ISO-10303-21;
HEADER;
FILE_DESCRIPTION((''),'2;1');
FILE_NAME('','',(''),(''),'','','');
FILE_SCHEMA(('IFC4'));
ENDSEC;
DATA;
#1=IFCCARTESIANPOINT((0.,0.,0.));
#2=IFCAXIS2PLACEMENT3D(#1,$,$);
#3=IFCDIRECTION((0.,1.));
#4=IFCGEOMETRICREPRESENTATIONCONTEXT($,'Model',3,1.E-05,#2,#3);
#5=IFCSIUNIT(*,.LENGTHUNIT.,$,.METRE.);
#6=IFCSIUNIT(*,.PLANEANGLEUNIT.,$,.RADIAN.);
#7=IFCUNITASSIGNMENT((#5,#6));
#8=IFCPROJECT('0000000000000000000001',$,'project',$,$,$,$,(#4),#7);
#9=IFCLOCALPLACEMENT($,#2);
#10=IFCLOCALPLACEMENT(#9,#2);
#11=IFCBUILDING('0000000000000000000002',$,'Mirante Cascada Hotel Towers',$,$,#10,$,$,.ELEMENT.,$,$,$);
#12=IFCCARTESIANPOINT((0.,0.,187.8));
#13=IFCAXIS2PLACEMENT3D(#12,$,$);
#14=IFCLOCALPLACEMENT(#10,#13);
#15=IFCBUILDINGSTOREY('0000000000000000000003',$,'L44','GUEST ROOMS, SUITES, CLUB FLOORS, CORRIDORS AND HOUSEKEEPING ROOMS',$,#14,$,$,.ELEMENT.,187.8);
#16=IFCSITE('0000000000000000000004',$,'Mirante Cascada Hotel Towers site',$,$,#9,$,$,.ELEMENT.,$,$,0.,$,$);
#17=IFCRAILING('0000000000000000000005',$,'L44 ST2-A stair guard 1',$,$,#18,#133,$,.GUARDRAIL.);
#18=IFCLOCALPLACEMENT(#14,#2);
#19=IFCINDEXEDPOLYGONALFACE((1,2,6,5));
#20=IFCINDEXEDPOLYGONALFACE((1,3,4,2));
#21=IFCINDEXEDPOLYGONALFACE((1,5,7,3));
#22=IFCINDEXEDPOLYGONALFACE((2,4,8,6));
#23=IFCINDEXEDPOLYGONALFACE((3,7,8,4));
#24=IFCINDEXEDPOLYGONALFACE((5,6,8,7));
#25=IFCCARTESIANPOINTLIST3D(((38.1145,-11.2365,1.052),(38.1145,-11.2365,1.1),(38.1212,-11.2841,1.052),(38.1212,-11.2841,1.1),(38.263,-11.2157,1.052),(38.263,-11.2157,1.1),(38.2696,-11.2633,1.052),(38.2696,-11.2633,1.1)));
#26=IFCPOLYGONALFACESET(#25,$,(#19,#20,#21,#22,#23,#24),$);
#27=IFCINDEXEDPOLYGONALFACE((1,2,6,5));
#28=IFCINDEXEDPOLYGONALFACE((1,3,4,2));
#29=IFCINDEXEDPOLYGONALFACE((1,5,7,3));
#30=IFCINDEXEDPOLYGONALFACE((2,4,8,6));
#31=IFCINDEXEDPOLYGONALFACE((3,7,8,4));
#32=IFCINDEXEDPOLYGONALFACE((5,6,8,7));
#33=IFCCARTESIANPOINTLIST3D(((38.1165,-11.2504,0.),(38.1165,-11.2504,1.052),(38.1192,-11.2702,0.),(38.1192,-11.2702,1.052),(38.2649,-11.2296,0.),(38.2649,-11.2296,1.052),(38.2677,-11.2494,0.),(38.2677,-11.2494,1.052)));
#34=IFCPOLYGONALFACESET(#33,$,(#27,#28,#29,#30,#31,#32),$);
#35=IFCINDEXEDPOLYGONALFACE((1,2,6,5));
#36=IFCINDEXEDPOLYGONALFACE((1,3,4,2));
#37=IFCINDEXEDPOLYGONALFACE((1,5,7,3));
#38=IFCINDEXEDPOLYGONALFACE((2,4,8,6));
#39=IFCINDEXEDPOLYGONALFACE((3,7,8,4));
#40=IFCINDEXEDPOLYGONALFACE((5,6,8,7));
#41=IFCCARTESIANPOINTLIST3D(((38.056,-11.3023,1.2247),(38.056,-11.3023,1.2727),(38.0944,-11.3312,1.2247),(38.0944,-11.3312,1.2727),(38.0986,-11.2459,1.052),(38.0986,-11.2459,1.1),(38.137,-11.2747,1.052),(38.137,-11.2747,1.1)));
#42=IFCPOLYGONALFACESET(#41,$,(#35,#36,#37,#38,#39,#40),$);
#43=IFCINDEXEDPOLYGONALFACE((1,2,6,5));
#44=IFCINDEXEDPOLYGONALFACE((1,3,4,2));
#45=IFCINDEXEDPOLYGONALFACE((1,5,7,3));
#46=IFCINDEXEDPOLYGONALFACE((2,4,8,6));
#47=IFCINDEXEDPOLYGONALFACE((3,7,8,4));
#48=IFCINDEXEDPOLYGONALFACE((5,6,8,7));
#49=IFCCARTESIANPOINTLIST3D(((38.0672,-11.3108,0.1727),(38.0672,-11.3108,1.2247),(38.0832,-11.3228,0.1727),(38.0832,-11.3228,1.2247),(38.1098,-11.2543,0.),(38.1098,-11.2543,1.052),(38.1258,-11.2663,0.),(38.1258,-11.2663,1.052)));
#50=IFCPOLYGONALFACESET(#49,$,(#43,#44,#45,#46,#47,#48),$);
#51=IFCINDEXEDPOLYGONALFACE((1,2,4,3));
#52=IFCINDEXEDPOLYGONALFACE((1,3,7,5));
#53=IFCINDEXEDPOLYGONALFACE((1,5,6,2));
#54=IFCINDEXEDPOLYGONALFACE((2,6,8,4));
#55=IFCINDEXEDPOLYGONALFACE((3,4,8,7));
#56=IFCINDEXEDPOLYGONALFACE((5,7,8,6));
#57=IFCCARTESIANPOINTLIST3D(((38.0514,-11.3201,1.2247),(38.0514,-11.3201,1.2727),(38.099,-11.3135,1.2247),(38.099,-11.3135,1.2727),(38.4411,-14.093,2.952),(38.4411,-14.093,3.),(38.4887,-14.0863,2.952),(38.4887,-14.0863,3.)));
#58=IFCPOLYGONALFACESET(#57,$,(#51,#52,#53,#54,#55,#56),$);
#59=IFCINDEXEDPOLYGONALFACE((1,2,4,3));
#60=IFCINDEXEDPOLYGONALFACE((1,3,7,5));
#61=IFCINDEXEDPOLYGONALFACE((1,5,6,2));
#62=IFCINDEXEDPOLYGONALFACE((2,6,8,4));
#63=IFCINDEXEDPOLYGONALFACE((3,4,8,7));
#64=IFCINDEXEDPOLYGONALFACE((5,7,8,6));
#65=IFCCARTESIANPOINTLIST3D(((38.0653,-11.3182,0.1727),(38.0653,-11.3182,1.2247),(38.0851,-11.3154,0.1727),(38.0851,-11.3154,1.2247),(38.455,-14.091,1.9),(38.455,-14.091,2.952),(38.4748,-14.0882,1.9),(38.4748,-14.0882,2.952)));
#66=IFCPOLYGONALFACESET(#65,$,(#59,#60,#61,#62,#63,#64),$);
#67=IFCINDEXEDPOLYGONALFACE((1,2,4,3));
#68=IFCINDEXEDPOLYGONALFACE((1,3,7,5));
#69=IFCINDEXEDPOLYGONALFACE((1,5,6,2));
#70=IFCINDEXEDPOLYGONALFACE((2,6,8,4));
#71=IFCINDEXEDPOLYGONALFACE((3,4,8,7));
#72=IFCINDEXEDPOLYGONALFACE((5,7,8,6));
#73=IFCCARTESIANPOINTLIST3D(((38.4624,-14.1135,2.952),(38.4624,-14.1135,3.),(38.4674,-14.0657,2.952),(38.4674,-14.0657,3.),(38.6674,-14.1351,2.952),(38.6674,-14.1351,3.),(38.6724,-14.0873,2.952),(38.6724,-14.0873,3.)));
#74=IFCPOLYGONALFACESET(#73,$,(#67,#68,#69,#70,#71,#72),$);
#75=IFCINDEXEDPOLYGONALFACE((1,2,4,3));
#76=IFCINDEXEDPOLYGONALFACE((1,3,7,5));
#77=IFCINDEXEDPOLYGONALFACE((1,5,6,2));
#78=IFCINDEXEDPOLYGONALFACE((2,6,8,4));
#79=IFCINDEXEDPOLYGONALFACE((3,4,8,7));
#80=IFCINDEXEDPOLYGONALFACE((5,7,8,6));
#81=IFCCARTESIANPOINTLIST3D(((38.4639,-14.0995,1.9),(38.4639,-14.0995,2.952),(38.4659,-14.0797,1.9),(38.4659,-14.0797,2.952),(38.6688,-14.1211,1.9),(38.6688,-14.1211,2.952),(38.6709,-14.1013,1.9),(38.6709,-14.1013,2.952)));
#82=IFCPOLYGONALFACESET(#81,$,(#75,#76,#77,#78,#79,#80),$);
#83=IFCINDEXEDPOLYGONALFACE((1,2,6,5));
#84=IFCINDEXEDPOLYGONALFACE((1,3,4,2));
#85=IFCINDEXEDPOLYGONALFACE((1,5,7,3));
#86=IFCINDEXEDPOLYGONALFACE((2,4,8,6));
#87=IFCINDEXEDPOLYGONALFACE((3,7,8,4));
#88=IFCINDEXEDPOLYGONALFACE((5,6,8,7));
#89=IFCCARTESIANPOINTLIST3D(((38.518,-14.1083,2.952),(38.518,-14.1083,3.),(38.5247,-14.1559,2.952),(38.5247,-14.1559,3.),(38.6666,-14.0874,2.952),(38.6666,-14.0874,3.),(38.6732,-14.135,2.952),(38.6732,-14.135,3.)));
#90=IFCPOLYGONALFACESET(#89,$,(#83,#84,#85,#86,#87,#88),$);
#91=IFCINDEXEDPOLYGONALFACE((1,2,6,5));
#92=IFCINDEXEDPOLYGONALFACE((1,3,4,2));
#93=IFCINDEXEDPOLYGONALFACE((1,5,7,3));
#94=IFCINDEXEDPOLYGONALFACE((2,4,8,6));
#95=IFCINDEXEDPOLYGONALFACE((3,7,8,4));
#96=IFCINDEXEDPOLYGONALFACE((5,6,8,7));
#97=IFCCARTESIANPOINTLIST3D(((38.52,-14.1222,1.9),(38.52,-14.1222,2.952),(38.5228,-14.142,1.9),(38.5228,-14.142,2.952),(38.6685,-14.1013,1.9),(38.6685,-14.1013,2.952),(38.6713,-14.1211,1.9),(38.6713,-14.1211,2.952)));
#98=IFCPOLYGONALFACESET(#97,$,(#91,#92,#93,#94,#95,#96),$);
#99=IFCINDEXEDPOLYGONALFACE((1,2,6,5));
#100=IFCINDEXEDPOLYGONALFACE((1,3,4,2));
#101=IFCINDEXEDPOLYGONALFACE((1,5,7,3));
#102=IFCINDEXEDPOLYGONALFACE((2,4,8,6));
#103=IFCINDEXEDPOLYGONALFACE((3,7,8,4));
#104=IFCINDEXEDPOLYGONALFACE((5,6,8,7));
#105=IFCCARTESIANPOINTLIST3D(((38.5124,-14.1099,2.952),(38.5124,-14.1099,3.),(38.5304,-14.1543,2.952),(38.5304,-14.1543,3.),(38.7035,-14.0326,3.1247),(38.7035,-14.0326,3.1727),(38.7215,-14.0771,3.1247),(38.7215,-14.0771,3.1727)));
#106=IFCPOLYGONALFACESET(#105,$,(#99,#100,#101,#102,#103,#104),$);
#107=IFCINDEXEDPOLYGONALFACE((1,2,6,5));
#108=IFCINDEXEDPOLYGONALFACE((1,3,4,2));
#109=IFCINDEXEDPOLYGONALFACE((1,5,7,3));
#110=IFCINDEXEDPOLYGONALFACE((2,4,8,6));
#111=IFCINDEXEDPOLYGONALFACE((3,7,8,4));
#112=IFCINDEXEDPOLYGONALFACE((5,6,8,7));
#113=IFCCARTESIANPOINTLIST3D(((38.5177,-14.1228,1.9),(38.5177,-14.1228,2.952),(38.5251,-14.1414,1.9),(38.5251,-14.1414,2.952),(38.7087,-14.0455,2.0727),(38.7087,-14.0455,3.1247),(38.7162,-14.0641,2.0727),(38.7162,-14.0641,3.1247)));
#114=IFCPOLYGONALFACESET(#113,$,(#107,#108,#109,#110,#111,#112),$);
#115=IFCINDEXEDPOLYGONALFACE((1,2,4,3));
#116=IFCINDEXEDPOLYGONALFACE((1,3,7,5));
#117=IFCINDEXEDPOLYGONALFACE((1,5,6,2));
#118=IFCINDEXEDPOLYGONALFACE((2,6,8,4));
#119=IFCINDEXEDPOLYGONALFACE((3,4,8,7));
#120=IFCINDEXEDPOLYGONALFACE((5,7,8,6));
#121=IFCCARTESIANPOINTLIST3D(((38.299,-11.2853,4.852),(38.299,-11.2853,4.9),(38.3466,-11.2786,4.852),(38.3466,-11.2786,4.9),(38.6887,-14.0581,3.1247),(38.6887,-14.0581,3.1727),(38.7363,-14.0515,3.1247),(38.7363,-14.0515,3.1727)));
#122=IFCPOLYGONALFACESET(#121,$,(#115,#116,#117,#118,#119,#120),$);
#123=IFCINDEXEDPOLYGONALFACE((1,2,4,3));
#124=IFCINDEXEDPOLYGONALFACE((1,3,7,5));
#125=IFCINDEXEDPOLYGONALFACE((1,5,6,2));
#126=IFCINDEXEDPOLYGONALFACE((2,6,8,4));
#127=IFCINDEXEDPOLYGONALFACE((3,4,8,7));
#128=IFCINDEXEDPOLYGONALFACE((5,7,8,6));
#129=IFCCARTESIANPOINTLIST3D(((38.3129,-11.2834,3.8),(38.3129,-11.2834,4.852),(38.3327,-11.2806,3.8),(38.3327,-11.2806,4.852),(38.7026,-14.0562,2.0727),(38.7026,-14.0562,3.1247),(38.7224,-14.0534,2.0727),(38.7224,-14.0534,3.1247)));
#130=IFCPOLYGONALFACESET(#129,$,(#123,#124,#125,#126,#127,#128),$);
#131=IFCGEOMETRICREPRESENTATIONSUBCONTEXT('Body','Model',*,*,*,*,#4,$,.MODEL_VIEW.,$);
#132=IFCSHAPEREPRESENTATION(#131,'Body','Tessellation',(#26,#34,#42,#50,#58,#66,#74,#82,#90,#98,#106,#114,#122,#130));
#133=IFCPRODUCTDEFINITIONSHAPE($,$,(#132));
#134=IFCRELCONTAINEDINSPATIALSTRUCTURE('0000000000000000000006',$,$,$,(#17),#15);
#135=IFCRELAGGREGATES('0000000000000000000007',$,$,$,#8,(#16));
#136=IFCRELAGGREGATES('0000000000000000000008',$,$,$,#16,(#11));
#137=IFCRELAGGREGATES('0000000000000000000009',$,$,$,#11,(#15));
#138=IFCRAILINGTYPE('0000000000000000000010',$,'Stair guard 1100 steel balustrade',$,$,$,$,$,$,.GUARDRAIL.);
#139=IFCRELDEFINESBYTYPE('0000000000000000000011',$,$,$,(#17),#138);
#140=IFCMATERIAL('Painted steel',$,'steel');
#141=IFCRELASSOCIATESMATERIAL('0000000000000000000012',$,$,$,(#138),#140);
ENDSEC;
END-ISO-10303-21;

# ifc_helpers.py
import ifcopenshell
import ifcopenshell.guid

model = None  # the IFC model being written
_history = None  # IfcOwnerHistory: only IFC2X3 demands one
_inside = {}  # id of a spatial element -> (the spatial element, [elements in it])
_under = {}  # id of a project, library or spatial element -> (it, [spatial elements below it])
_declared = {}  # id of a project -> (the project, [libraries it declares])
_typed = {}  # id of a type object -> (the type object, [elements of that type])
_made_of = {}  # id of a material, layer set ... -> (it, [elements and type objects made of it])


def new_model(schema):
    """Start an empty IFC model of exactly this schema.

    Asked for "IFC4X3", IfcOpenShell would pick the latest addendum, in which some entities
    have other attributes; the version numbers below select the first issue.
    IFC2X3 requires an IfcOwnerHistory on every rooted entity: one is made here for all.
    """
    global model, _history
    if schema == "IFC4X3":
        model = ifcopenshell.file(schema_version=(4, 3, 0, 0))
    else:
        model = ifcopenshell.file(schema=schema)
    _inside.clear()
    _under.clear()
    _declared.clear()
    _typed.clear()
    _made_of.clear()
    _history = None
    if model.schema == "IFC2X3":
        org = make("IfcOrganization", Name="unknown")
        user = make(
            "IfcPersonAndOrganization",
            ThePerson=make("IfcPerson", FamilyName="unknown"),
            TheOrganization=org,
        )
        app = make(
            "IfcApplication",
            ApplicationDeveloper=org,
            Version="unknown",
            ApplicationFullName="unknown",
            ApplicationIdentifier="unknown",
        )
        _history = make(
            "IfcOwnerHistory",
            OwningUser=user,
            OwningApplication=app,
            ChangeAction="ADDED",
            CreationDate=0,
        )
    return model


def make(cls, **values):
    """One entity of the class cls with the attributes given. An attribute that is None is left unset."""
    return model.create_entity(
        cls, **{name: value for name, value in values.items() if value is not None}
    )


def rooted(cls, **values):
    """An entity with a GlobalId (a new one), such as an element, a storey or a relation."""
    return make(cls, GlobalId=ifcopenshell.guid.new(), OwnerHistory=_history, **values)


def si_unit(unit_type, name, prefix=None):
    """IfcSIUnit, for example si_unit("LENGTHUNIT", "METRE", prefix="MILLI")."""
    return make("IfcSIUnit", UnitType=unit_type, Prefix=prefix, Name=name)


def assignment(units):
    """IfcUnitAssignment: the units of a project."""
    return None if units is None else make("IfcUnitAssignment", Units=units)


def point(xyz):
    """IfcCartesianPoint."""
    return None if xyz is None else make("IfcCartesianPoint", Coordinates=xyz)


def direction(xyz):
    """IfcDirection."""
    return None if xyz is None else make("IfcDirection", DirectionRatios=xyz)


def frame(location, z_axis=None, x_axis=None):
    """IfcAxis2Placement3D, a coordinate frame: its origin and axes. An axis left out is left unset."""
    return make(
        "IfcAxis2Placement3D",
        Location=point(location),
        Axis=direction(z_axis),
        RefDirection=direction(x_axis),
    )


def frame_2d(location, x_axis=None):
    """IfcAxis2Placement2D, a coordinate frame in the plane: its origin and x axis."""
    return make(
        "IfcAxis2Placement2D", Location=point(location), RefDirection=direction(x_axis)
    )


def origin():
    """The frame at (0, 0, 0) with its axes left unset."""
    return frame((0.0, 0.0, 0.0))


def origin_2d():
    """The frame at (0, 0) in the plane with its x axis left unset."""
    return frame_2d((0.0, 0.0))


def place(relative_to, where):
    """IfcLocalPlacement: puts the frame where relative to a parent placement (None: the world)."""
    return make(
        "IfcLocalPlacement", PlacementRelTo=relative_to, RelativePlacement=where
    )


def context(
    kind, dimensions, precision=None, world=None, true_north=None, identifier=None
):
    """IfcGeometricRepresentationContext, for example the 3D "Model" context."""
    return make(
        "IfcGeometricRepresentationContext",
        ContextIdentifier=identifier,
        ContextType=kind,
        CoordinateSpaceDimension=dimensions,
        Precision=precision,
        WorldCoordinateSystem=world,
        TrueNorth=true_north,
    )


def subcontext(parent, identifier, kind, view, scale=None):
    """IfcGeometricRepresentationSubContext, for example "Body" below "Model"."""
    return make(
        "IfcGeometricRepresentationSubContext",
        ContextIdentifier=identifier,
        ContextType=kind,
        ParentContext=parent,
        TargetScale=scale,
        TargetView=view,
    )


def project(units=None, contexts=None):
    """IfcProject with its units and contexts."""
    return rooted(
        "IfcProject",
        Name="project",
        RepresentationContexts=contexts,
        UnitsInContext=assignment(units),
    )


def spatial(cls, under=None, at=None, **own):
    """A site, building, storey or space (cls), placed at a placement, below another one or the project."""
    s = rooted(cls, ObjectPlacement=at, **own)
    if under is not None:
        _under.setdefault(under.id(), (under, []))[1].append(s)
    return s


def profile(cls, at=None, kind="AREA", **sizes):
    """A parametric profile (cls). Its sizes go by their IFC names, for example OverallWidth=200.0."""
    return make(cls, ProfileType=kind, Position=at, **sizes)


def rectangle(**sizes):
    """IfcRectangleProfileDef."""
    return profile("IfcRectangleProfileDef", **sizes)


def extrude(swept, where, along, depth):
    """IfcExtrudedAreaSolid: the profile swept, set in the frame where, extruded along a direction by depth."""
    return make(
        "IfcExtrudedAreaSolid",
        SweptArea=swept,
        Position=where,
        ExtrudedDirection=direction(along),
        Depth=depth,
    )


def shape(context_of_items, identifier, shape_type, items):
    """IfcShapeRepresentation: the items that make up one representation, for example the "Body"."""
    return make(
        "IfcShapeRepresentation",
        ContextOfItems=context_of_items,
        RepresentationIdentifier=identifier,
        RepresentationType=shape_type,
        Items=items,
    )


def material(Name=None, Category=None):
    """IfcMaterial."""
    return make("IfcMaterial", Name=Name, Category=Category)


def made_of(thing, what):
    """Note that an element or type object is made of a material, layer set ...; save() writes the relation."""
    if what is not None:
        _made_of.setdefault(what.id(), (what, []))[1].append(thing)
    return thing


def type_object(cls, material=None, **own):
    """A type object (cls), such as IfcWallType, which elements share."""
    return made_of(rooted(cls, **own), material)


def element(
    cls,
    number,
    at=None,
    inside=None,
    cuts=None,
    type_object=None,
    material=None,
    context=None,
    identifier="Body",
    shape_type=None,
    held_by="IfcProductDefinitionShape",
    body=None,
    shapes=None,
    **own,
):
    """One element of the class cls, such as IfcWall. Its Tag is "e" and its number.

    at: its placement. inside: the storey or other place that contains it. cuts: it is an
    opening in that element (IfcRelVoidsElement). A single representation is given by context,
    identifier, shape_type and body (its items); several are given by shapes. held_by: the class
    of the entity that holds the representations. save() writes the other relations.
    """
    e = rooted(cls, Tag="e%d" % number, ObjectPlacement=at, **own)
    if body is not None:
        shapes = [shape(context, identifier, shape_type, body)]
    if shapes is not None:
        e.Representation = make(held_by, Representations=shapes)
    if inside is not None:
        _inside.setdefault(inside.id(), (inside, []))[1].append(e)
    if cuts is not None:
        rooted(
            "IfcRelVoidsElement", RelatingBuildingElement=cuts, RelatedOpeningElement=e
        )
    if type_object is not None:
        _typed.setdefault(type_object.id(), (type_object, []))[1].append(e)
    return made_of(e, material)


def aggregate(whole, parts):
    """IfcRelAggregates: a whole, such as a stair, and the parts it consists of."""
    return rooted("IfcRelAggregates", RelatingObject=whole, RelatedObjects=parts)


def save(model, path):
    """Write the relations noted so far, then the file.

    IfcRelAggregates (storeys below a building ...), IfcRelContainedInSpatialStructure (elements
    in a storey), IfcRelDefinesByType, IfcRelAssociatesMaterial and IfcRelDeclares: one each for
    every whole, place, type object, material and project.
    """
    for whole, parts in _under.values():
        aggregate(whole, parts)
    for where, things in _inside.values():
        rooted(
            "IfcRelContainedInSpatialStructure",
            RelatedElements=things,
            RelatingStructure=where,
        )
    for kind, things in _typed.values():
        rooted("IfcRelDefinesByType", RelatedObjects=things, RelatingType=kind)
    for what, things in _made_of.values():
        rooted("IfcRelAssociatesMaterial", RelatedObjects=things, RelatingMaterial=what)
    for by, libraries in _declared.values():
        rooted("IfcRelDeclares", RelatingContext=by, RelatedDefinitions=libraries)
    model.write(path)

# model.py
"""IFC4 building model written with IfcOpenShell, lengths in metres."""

from ifc_helpers import new_model, si_unit, direction, frame, origin, origin_2d, place, context, subcontext, project, spatial, rectangle, extrude, material, type_object, element, save


model = new_model("IFC4")

# Units and contexts
model_context = context("Model", 3, precision=1e-05, world=origin(), true_north=direction((0.0, 1.0)))
body_context = subcontext(model_context, "Body", "Model", "MODEL_VIEW")
ifc_project = project(units=[si_unit("LENGTHUNIT", "METRE"), si_unit("PLANEANGLEUNIT", "RADIAN")], contexts=[model_context])

# Site, building, storey
site_placement = place(None, origin())
site = spatial("IfcSite", under=ifc_project, at=site_placement, Name="Mirante Cascada Hotel Towers site", CompositionType="ELEMENT", RefElevation=0.0)
building_placement = place(site_placement, origin())
building = spatial("IfcBuilding", under=site, at=building_placement, Name="Mirante Cascada Hotel Towers", CompositionType="ELEMENT")
storey_placement = place(building_placement, frame((0.0, 0.0, 187.8)))
storey = spatial("IfcBuildingStorey", under=building, at=storey_placement, Name="L44", Description="GUEST ROOMS, SUITES, CLUB FLOORS, CORRIDORS AND HOUSEKEEPING ROOMS", CompositionType="ELEMENT", Elevation=187.8)

# Railing
ifc_material_1 = material(Name="Painted steel", Category="steel")
railing_type = type_object("IfcRailingType", Name="Stair guard 1100 steel balustrade", PredefinedType="GUARDRAIL", material=ifc_material_1)
railing_placement = place(storey_placement, frame((38.2663, -11.2395, 0.0)))
element("IfcRailing", 1, at=railing_placement, inside=storey, type_object=railing_type, Name="L44 ST2-A stair guard 1", PredefinedType="GUARDRAIL", context=body_context, shape_type="SweptSolid", body=[
    extrude(rectangle(XDim=0.048, YDim=0.048, at=origin_2d()), frame((0.0, 0.0, 1.076), z_axis=(-0.990333, -0.138713, 0.0), x_axis=(0.138713, -0.990333, 0.0)), (0.0, 0.0, 1.0), 0.1499),
    extrude(rectangle(XDim=0.02, YDim=1.052, at=origin_2d()), frame((0.0, 0.0, 0.526), z_axis=(-0.990333, -0.138713, 0.0), x_axis=(0.138713, -0.990333, 0.0)), (0.0, 0.0, 1.0), 0.1499),
    extrude(rectangle(XDim=0.048, YDim=0.048, at=origin_2d()), frame((-0.1485, -0.0208, 1.076), z_axis=(-0.602033, -0.798471, 0.0), x_axis=(0.798471, -0.602033, 0.0)), (0.0, 0.92534, 0.379139), 0.1866),
    extrude(rectangle(XDim=0.02, YDim=1.052, at=origin_2d()), frame((-0.1485, -0.0208, 0.526), z_axis=(-0.602033, -0.798471, 0.0), x_axis=(0.798471, -0.602033, 0.0)), (0.0, 0.92534, 0.379139), 0.1866),
    extrude(rectangle(XDim=0.048, YDim=0.048, at=origin_2d()), frame((-0.1911, -0.0773, 1.2487), z_axis=(0.139176, -0.990268, 0.0), x_axis=(0.990268, 0.139176, 0.0)), (0.0, 0.525021, 0.851089), 3.29),
    extrude(rectangle(XDim=0.02, YDim=1.052, at=origin_2d()), frame((-0.1911, -0.0773, 0.6987), z_axis=(0.139176, -0.990268, 0.0), x_axis=(0.990268, 0.139176, 0.0)), (0.0, 0.525021, 0.851089), 3.29),
    extrude(rectangle(XDim=0.048, YDim=0.048, at=origin_2d()), frame((0.1986, -2.8501, 2.976), z_axis=(0.994495, -0.104786, 0.0), x_axis=(0.104786, 0.994495, 0.0)), (0.0, 0.0, 1.0), 0.2061),
    extrude(rectangle(XDim=0.02, YDim=1.052, at=origin_2d()), frame((0.1986, -2.8501, 2.426), z_axis=(0.994495, -0.104786, 0.0), x_axis=(0.104786, 0.994495, 0.0)), (0.0, 0.0, 1.0), 0.2061),
    extrude(rectangle(XDim=0.048, YDim=0.048, at=origin_2d()), frame((0.4036, -2.8717, 2.976), z_axis=(-0.990241, -0.139367, 0.0), x_axis=(0.139367, -0.990241, 0.0)), (0.0, 0.0, 1.0), 0.15),
    extrude(rectangle(XDim=0.02, YDim=1.052, at=origin_2d()), frame((0.4036, -2.8717, 2.426), z_axis=(-0.990241, -0.139367, 0.0), x_axis=(0.139367, -0.990241, 0.0)), (0.0, 0.0, 1.0), 0.15),
    extrude(rectangle(XDim=0.048, YDim=0.048, at=origin_2d()), frame((0.2551, -2.8926, 2.976), z_axis=(0.927031, 0.374984, 0.0), x_axis=(-0.374984, 0.927031, 0.0)), (0.0, 0.64219, 0.766545), 0.2689),
    extrude(rectangle(XDim=0.02, YDim=1.052, at=origin_2d()), frame((0.2551, -2.8926, 2.426), z_axis=(0.927031, 0.374984, 0.0), x_axis=(-0.374984, 0.927031, 0.0)), (0.0, 0.64219, 0.766545), 0.2689),
    extrude(rectangle(XDim=0.048, YDim=0.048, at=origin_2d()), frame((0.4462, -2.8153, 3.1487), z_axis=(-0.139176, 0.990268, 0.0), x_axis=(-0.990268, -0.139176, 0.0)), (0.0, 0.525021, 0.851089), 3.29),
    extrude(rectangle(XDim=0.02, YDim=1.052, at=origin_2d()), frame((0.4462, -2.8153, 2.5987), z_axis=(-0.139176, 0.990268, 0.0), x_axis=(-0.990268, -0.139176, 0.0)), (0.0, 0.525021, 0.851089), 3.29),
])

save(model, "model.ifc")
